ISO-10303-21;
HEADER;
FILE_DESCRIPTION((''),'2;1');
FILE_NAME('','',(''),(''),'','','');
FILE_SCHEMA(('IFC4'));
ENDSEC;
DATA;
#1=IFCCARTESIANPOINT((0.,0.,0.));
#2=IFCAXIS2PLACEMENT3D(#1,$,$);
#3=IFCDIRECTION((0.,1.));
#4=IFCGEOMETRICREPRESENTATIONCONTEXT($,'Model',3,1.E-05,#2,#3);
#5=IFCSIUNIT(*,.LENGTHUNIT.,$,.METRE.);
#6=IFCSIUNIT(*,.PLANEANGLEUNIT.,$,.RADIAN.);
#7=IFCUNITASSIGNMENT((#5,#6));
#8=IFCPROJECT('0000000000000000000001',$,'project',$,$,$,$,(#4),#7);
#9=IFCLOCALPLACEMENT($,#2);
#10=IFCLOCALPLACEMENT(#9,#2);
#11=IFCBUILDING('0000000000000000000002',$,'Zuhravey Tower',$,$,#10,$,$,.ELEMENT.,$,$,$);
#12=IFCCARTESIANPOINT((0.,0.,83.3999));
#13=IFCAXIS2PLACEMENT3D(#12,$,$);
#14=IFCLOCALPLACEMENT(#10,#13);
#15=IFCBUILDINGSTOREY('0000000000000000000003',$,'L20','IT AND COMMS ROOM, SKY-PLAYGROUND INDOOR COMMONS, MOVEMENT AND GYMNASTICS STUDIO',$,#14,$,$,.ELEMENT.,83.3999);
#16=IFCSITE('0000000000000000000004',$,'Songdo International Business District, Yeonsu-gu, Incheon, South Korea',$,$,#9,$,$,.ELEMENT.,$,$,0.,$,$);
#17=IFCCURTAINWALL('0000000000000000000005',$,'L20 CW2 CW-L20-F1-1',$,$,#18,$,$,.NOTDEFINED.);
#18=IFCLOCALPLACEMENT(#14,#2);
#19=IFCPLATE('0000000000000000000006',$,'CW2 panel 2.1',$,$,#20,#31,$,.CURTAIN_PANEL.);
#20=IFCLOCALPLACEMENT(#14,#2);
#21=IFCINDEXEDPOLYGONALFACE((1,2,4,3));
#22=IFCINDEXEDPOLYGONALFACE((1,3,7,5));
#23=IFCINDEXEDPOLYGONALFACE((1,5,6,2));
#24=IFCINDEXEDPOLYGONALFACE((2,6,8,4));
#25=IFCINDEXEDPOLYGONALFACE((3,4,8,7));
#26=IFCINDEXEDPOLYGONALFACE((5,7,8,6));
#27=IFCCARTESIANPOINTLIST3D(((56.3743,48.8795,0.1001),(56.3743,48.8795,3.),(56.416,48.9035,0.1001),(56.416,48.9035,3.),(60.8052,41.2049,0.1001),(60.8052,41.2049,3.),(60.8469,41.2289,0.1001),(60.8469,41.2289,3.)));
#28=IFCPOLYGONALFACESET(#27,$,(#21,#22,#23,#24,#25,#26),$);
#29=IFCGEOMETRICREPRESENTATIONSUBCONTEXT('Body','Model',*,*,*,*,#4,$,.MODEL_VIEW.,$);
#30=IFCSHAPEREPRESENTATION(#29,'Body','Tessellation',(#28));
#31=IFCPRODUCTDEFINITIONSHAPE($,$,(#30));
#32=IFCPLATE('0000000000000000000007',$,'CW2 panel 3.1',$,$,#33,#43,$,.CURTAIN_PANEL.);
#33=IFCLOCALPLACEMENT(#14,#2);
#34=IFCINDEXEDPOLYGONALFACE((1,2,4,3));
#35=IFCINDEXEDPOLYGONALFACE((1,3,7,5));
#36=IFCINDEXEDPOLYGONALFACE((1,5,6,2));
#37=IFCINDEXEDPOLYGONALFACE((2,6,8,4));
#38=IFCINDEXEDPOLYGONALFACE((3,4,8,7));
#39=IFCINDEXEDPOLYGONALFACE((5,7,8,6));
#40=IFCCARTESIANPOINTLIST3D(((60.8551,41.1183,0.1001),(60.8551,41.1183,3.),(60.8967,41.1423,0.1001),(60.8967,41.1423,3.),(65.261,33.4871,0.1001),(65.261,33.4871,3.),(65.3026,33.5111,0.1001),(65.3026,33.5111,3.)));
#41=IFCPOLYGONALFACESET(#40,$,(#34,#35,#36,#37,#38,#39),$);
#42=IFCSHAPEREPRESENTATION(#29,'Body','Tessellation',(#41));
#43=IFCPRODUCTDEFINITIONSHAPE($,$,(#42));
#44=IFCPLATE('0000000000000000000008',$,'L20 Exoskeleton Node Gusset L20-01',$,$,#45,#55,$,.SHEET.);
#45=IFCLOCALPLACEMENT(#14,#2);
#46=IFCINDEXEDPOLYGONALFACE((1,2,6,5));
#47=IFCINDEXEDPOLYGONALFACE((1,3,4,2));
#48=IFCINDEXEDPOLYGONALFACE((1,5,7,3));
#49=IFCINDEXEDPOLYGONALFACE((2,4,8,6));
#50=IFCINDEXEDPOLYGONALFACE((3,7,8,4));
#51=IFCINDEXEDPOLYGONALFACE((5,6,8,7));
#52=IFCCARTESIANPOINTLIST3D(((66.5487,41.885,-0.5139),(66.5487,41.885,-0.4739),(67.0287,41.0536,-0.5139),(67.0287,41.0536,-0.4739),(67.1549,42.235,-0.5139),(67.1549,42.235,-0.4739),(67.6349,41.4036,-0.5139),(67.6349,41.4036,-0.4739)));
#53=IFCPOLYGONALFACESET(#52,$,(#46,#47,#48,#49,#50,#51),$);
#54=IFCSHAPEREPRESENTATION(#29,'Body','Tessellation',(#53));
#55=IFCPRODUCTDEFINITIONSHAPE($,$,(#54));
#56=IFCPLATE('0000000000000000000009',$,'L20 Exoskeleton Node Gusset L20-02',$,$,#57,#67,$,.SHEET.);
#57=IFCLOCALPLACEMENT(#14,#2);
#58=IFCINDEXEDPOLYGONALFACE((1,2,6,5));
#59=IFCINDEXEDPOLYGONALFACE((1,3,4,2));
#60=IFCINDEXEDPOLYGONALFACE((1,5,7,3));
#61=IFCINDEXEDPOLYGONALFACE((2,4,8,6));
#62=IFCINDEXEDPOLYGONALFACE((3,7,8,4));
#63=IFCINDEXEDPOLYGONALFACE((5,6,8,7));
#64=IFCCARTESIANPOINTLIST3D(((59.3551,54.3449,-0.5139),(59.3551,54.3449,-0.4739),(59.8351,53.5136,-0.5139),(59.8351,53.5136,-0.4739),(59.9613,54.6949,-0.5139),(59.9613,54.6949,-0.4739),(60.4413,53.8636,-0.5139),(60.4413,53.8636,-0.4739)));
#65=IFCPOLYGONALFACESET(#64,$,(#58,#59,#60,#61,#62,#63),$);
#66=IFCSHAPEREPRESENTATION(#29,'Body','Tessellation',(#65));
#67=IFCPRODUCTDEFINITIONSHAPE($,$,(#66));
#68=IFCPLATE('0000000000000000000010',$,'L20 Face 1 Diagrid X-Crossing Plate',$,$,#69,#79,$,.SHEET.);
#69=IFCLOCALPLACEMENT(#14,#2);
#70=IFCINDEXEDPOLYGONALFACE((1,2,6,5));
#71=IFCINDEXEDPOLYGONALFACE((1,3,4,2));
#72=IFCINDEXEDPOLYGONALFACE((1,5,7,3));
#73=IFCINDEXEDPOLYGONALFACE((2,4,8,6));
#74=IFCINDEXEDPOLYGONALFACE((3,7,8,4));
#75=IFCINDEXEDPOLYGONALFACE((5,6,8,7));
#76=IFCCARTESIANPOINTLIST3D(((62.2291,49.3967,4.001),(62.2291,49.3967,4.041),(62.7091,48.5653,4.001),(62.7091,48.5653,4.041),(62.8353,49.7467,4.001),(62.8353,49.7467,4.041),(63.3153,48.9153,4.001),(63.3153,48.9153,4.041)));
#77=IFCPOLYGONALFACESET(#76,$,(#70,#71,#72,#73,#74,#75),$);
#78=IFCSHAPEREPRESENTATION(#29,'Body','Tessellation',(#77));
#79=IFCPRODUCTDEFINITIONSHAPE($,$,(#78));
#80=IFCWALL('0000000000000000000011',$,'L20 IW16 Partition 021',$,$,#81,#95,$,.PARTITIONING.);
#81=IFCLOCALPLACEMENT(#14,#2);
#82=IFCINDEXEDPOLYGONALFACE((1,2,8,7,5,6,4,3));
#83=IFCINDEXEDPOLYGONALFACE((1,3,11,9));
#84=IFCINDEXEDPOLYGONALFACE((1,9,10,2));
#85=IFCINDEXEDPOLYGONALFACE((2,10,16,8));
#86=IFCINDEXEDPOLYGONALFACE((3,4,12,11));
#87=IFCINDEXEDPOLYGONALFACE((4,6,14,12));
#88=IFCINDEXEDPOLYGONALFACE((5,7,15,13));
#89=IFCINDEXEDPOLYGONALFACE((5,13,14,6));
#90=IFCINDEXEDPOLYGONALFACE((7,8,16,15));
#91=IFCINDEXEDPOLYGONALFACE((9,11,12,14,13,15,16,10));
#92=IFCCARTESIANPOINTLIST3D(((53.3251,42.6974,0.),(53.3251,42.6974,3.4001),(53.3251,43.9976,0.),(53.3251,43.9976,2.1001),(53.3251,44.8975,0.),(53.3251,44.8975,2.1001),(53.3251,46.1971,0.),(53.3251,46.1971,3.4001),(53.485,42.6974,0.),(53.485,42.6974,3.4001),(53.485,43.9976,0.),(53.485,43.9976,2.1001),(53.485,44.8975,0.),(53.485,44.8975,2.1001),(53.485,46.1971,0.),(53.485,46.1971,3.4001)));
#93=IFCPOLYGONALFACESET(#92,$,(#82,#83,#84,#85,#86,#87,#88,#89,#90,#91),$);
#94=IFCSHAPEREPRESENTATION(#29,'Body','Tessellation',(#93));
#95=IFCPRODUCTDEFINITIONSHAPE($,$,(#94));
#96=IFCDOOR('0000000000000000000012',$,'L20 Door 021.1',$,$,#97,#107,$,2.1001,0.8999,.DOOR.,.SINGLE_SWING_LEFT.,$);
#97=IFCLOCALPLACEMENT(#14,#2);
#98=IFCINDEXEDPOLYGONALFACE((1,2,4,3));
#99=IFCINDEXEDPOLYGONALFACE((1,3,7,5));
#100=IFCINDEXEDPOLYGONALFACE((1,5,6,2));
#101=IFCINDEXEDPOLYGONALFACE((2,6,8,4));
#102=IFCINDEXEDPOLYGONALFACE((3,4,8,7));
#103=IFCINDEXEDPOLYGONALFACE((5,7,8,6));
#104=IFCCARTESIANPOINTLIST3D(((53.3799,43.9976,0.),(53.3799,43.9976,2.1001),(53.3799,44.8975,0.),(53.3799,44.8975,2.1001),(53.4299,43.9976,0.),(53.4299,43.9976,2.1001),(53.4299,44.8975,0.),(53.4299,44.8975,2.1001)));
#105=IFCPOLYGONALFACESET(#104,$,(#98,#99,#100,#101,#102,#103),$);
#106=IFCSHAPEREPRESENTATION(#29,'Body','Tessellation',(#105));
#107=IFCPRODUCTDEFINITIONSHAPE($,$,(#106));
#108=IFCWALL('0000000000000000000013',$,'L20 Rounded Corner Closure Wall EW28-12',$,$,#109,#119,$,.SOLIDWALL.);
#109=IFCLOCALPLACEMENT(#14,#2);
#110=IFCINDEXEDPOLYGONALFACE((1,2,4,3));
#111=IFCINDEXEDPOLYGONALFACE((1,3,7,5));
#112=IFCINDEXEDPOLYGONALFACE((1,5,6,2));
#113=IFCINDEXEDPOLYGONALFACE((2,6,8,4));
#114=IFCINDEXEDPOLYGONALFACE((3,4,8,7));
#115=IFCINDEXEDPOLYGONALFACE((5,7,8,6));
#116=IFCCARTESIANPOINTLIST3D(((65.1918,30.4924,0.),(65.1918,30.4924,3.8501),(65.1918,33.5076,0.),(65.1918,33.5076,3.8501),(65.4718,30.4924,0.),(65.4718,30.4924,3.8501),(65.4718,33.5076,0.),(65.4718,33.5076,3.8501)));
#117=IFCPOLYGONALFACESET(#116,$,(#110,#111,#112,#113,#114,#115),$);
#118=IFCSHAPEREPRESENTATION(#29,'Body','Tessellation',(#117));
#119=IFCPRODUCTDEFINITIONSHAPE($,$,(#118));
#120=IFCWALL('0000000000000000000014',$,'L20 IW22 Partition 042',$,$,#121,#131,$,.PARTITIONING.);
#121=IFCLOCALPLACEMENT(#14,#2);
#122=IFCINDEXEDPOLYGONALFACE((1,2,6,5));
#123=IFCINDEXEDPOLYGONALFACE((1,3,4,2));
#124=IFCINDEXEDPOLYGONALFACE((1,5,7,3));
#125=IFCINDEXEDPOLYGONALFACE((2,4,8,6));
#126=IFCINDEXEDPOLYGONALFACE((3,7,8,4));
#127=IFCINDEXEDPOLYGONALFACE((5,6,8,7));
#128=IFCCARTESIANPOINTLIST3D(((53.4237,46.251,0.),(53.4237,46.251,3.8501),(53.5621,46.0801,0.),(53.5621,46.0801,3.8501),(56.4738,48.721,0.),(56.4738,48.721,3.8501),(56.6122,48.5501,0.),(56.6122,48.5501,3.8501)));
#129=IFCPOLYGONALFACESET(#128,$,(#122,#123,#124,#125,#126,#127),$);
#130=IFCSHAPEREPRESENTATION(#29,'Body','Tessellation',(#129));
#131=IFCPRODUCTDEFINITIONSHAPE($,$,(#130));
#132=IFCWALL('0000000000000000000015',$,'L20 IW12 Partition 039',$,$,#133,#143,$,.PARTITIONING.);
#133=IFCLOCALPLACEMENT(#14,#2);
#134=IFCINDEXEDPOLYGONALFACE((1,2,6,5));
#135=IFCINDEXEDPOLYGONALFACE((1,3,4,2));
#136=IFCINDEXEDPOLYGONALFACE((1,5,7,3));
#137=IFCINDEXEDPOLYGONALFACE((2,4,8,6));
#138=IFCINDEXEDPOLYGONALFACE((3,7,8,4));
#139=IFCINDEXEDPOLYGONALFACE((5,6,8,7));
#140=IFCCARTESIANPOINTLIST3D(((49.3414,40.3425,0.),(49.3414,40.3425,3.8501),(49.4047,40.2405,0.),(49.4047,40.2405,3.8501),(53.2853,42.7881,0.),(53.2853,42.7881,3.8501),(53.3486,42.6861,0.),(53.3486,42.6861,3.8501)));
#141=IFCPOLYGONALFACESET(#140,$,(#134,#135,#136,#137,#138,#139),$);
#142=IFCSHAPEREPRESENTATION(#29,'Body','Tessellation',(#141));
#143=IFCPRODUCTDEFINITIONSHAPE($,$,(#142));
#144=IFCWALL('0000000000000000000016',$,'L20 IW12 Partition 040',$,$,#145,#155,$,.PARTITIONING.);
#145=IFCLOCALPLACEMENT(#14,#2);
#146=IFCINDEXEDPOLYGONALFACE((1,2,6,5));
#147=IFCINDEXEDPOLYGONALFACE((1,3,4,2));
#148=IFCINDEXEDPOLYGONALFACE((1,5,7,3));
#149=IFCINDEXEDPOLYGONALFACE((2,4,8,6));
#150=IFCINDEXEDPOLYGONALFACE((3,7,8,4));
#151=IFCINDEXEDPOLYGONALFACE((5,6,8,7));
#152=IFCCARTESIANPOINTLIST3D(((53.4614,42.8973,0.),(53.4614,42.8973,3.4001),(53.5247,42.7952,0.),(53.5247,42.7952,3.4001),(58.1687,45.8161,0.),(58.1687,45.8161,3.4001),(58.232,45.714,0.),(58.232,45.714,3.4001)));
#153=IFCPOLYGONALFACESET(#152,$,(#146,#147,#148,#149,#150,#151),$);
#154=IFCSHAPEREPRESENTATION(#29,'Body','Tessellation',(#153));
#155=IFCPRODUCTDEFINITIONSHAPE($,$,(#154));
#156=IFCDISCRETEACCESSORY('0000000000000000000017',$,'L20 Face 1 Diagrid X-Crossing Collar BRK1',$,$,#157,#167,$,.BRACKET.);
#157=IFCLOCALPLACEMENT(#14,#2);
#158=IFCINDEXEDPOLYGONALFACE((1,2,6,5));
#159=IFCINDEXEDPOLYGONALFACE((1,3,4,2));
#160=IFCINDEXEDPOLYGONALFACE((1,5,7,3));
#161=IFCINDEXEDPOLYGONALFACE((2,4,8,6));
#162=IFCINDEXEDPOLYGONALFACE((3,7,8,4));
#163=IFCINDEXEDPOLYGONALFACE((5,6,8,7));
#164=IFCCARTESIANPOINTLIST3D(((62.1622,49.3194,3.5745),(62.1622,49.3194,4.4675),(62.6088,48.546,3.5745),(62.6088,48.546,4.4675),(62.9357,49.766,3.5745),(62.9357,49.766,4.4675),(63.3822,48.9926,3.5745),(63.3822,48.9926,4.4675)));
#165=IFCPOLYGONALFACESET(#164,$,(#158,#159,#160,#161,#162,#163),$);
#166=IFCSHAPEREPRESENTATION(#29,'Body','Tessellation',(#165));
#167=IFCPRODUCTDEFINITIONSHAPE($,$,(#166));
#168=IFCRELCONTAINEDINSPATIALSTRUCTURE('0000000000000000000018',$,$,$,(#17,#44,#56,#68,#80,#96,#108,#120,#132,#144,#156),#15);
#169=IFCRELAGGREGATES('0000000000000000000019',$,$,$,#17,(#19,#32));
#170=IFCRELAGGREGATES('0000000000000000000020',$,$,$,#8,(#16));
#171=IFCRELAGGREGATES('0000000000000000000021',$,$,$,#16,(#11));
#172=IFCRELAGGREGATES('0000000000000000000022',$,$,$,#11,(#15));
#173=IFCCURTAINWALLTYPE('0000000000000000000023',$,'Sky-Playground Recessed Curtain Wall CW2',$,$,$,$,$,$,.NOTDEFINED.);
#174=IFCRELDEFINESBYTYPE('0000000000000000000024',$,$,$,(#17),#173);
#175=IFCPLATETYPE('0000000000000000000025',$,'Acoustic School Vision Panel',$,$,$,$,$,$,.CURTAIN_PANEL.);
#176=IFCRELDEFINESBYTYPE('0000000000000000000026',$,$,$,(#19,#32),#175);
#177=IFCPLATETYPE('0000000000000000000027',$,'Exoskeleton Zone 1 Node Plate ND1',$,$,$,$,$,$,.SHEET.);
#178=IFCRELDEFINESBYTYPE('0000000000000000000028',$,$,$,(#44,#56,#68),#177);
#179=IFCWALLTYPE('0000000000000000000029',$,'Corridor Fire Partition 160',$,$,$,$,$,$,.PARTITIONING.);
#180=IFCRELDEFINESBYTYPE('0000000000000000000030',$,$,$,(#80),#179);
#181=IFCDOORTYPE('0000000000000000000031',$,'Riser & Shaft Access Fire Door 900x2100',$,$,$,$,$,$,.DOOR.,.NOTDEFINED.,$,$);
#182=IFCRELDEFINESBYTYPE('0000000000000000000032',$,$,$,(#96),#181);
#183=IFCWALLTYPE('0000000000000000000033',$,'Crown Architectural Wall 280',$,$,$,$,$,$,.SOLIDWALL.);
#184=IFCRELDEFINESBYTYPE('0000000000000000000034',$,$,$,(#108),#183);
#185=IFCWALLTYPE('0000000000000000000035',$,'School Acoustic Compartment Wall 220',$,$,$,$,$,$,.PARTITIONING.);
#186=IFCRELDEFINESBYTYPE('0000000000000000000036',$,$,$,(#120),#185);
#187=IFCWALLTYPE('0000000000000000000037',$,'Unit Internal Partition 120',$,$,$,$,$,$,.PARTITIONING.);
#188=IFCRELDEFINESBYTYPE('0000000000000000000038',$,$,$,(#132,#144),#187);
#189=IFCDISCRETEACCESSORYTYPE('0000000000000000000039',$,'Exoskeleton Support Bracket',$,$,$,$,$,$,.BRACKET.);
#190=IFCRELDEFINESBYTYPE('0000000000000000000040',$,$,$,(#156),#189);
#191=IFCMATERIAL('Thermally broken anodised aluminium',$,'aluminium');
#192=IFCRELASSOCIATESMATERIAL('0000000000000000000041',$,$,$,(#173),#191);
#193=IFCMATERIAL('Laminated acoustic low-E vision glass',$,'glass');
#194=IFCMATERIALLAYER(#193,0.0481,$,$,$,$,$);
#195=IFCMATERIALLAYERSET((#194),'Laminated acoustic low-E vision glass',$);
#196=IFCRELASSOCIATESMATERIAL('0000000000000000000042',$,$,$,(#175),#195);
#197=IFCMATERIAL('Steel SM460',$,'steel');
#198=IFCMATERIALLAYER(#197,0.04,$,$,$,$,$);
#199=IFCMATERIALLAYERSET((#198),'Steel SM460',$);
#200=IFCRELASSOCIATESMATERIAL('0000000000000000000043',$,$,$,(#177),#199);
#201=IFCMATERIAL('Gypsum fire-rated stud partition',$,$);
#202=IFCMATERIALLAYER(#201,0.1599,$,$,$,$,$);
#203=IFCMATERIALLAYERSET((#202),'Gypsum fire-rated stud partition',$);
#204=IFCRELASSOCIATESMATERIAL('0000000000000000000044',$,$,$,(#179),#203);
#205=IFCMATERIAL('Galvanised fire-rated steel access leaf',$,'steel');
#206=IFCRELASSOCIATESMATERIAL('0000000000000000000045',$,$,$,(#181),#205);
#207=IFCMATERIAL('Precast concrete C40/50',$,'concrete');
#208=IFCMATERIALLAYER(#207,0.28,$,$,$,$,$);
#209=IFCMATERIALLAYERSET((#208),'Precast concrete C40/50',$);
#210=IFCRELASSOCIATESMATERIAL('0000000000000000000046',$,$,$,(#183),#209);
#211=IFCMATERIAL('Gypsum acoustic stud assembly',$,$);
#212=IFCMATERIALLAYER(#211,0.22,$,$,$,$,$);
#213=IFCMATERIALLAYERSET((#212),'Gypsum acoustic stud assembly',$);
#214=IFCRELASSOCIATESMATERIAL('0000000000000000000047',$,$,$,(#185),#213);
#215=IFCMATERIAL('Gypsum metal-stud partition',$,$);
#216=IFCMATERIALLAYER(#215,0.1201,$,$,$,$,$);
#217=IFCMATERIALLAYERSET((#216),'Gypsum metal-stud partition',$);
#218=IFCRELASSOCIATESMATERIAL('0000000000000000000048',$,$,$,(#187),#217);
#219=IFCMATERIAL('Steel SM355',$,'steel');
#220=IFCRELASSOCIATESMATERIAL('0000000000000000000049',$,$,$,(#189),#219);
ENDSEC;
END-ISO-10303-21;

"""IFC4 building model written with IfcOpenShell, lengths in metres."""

from ifc_helpers import new_model, si_unit, direction, frame, frame_2d, origin, origin_2d, place, context, subcontext, project, spatial, rectangle, extrude, material, layer, layer_set, type_object, element, fill, aggregate, save


model = new_model("IFC4")

# Units and contexts
model_context = context("Model", 3, precision=1e-05, world=origin(), true_north=direction((0.0, 1.0)))
body_context = subcontext(model_context, "Body", "Model", "MODEL_VIEW")
ifc_project = project(units=[si_unit("LENGTHUNIT", "METRE"), si_unit("PLANEANGLEUNIT", "RADIAN")], contexts=[model_context])

# Site, building, storey
site_placement = place(None, origin())
site = spatial("IfcSite", under=ifc_project, at=site_placement, Name="Songdo International Business District, Yeonsu-gu, Incheon, South Korea", CompositionType="ELEMENT", RefElevation=0.0)
building_placement = place(site_placement, origin())
building = spatial("IfcBuilding", under=site, at=building_placement, Name="Zuhravey Tower", CompositionType="ELEMENT")
storey_placement = place(building_placement, frame((0.0, 0.0, 83.3999)))
storey = spatial("IfcBuildingStorey", under=building, at=storey_placement, Name="L20", Description="IT AND COMMS ROOM, SKY-PLAYGROUND INDOOR COMMONS, MOVEMENT AND GYMNASTICS STUDIO", CompositionType="ELEMENT", Elevation=83.3999)

# Shared definitions
ifc_material_1 = material(Name="Steel SM460", Category="steel")

# Shared definitions
ifc_material_2 = material(Name="Thermally broken anodised aluminium", Category="aluminium")
curtain_wall_type = type_object("IfcCurtainWallType", Name="Sky-Playground Recessed Curtain Wall CW2", PredefinedType="NOTDEFINED", material=ifc_material_2)

# Curtain wall
curtain_wall_1_placement = place(storey_placement, origin())
curtain_wall_1 = element("IfcCurtainWall", 1, at=curtain_wall_1_placement, inside=storey, type_object=curtain_wall_type, Name="L20 CW2 CW-L20-F1-1", PredefinedType="NOTDEFINED")

# Shared definitions
ifc_material_3 = material(Name="Steel SM355", Category="steel")

# Plates
ifc_material_4 = material(Name="Laminated acoustic low-E vision glass", Category="glass")
ifc_layer_1 = layer(ifc_material_4, 0.0481)
ifc_layer_set_1 = layer_set([ifc_layer_1], Name="Laminated acoustic low-E vision glass")
plate_type_1 = type_object("IfcPlateType", Name="Acoustic School Vision Panel", PredefinedType="CURTAIN_PANEL", material=ifc_layer_set_1)
plate_1_placement = place(storey_placement, frame((58.6106, 45.0542, 0.1001), z_axis=(0.0, 0.0, 1.0), x_axis=(0.499999, -0.866026, 0.0)))
plate_1 = element("IfcPlate", 2, at=plate_1_placement, type_object=plate_type_1, Name="CW2 panel 2.1", PredefinedType="CURTAIN_PANEL", context=body_context, shape_type="SweptSolid", body=[
    extrude(rectangle(XDim=8.8618, YDim=0.0481, at=origin_2d()), origin(), (0.0, 0.0, 1.0), 2.8999),
])
plate_2_placement = place(storey_placement, frame((63.0789, 37.3147, 0.1001), z_axis=(0.0, 0.0, 1.0), x_axis=(0.499999, -0.866026, 0.0)))
plate_2 = element("IfcPlate", 3, at=plate_2_placement, type_object=plate_type_1, Name="CW2 panel 3.1", PredefinedType="CURTAIN_PANEL", context=body_context, shape_type="SweptSolid", body=[
    extrude(rectangle(XDim=8.8118, YDim=0.0481, at=origin_2d()), origin(), (0.0, 0.0, 1.0), 2.8999),
])
aggregate(curtain_wall_1, [plate_1, plate_2])

# Plates
ifc_layer_2 = layer(ifc_material_1, 0.04)
ifc_layer_set_2 = layer_set([ifc_layer_2], Name="Steel SM460")
plate_type_2 = type_object("IfcPlateType", Name="Exoskeleton Zone 1 Node Plate ND1", PredefinedType="SHEET", material=ifc_layer_set_2)
for number, where, z_axis, x_axis, name in (
    (4, (67.0918, 41.6443, -0.5139), (0.0, 0.0, 1.0), (-0.5, 0.866025, 0.0), "L20 Exoskeleton Node Gusset L20-01"),
    (5, (59.8982, 54.1042, -0.5139), (0.0, 0.0, 1.0), (-0.5, 0.866025, 0.0), "L20 Exoskeleton Node Gusset L20-02"),
    (6, (62.7722, 49.156, 4.001), (0.0, 0.0, 1.0), (-0.5, 0.866025, 0.0), "L20 Face 1 Diagrid X-Crossing Plate"),
):
    element("IfcPlate", number, at=place(storey_placement, frame(where, z_axis=z_axis, x_axis=x_axis)), inside=storey, type_object=plate_type_2, Name=name, PredefinedType="SHEET", context=body_context, shape_type="SweptSolid", body=[
        extrude(rectangle(XDim=0.96, YDim=0.7, at=origin_2d()), origin(), (0.0, 0.0, 1.0), 0.04),
    ])

# Wall, opening, door
ifc_material_5 = material(Name="Gypsum fire-rated stud partition")
ifc_layer_3 = layer(ifc_material_5, 0.1599)
ifc_layer_set_3 = layer_set([ifc_layer_3], Name="Gypsum fire-rated stud partition")
wall_type_1 = type_object("IfcWallType", Name="Corridor Fire Partition 160", PredefinedType="PARTITIONING", material=ifc_layer_set_3)
wall_1_placement = place(storey_placement, frame((53.405, 46.1973, 0.0), z_axis=(0.0, 0.0, 1.0), x_axis=(0.0, -1.0, 0.0)))
wall_1 = element("IfcWall", 7, at=wall_1_placement, inside=storey, type_object=wall_type_1, Name="L20 IW16 Partition 021", PredefinedType="PARTITIONING", context=body_context, shape_type="SweptSolid", body=[
    extrude(rectangle(XDim=3.4998, YDim=0.1599, at=frame_2d((1.75, 0.0))), origin(), (0.0, 0.0, 1.0), 3.4001),
])
opening_placement = place(wall_1_placement, frame((1.2998, 0.0, 0.0)))
opening = element("IfcOpeningElement", 8, at=opening_placement, cuts=wall_1, PredefinedType="OPENING", context=body_context, shape_type="SweptSolid", body=[
    extrude(rectangle(XDim=0.8999, YDim=2.1001, at=frame_2d((0.45, 1.05))), frame((0.0, 0.092, 0.0), z_axis=(0.0, -1.0, 0.0), x_axis=(1.0, 0.0, 0.0)), (0.0, 0.0, 1.0), 0.1838),
])
ifc_material_6 = material(Name="Galvanised fire-rated steel access leaf", Category="steel")
door_type = type_object("IfcDoorType", Name="Riser & Shaft Access Fire Door 900x2100", OperationType="NOTDEFINED", PredefinedType="DOOR", material=ifc_material_6)
door_placement = place(opening_placement, origin())
door = element("IfcDoor", 9, at=door_placement, inside=storey, type_object=door_type, Name="L20 Door 021.1", OperationType="SINGLE_SWING_LEFT", OverallHeight=2.1001, OverallWidth=0.8999, PredefinedType="DOOR", context=body_context, shape_type="SweptSolid", body=[
    extrude(rectangle(XDim=0.8999, YDim=2.1001, at=frame_2d((0.45, 1.05))), frame((0.0, 0.0249, 0.0), z_axis=(0.0, -1.0, 0.0), x_axis=(1.0, 0.0, 0.0)), (0.0, 0.0, 1.0), 0.05),
])
fill(opening, door)

# Walls
ifc_material_7 = material(Name="Precast concrete C40/50", Category="concrete")
ifc_layer_4 = layer(ifc_material_7, 0.28)
ifc_layer_set_4 = layer_set([ifc_layer_4], Name="Precast concrete C40/50")
wall_type_2 = type_object("IfcWallType", Name="Crown Architectural Wall 280", PredefinedType="SOLIDWALL", material=ifc_layer_set_4)
wall_2_placement = place(storey_placement, frame((65.3318, 33.5076, 0.0), z_axis=(0.0, 0.0, 1.0), x_axis=(0.0, -1.0, 0.0)))
element("IfcWall", 10, at=wall_2_placement, inside=storey, type_object=wall_type_2, Name="L20 Rounded Corner Closure Wall EW28-12", PredefinedType="SOLIDWALL", context=body_context, shape_type="SweptSolid", body=[
    extrude(rectangle(XDim=3.0151, YDim=0.28, at=frame_2d((1.5076, 0.0))), origin(), (0.0, 0.0, 1.0), 3.8501),
])
ifc_material_8 = material(Name="Gypsum acoustic stud assembly")
ifc_layer_5 = layer(ifc_material_8, 0.22)
ifc_layer_set_5 = layer_set([ifc_layer_5], Name="Gypsum acoustic stud assembly")
wall_type_3 = type_object("IfcWallType", Name="School Acoustic Compartment Wall 220", PredefinedType="PARTITIONING", material=ifc_layer_set_5)
wall_3_placement = place(storey_placement, frame((53.4929, 46.1655, 0.0), z_axis=(0.0, 0.0, 1.0), x_axis=(0.777135, 0.629334, 0.0)))
element("IfcWall", 11, at=wall_3_placement, inside=storey, type_object=wall_type_3, Name="L20 IW22 Partition 042", PredefinedType="PARTITIONING", context=body_context, shape_type="SweptSolid", body=[
    extrude(rectangle(XDim=3.9248, YDim=0.22, at=frame_2d((1.9624, 0.0))), origin(), (0.0, 0.0, 1.0), 3.8501),
])
ifc_material_9 = material(Name="Gypsum metal-stud partition")
ifc_layer_6 = layer(ifc_material_9, 0.1201)
ifc_layer_set_6 = layer_set([ifc_layer_6], Name="Gypsum metal-stud partition")
wall_type_4 = type_object("IfcWallType", Name="Unit Internal Partition 120", PredefinedType="PARTITIONING", material=ifc_layer_set_6)
wall_4_placement = place(storey_placement, frame((49.373, 40.2915, 0.0), z_axis=(0.0, 0.0, 1.0), x_axis=(0.849867, 0.526997, 0.0)))
element("IfcWall", 12, at=wall_4_placement, inside=storey, type_object=wall_type_4, Name="L20 IW12 Partition 039", PredefinedType="PARTITIONING", context=body_context, shape_type="SweptSolid", body=[
    extrude(rectangle(XDim=4.6406, YDim=0.1201, at=frame_2d((2.3203, 0.0))), origin(), (0.0, 0.0, 1.0), 3.8501),
])
wall_5_placement = place(storey_placement, frame((53.4929, 42.8462, 0.0), z_axis=(0.0, 0.0, 1.0), x_axis=(0.849887, 0.526965, 0.0)))
element("IfcWall", 13, at=wall_5_placement, inside=storey, type_object=wall_type_4, Name="L20 IW12 Partition 040", PredefinedType="PARTITIONING", context=body_context, shape_type="SweptSolid", body=[
    extrude(rectangle(XDim=5.5388, YDim=0.1201, at=frame_2d((2.7695, 0.0))), origin(), (0.0, 0.0, 1.0), 3.4001),
])

# Discrete accessory
discrete_accessory_type = type_object("IfcDiscreteAccessoryType", Name="Exoskeleton Support Bracket", PredefinedType="BRACKET", material=ifc_material_3)
discrete_accessory_placement = place(storey_placement, frame((62.7722, 49.156, 3.5745), z_axis=(0.0, 0.0, 1.0), x_axis=(-0.5, 0.866025, 0.0)))
element("IfcDiscreteAccessory", 14, at=discrete_accessory_placement, inside=storey, type_object=discrete_accessory_type, Name="L20 Face 1 Diagrid X-Crossing Collar BRK1", PredefinedType="BRACKET", context=body_context, shape_type="SweptSolid", body=[
    extrude(rectangle(XDim=0.8931, YDim=0.8931, at=origin_2d()), origin(), (0.0, 0.0, 1.0), 0.8931),
])

save(model, "model.ifc")
